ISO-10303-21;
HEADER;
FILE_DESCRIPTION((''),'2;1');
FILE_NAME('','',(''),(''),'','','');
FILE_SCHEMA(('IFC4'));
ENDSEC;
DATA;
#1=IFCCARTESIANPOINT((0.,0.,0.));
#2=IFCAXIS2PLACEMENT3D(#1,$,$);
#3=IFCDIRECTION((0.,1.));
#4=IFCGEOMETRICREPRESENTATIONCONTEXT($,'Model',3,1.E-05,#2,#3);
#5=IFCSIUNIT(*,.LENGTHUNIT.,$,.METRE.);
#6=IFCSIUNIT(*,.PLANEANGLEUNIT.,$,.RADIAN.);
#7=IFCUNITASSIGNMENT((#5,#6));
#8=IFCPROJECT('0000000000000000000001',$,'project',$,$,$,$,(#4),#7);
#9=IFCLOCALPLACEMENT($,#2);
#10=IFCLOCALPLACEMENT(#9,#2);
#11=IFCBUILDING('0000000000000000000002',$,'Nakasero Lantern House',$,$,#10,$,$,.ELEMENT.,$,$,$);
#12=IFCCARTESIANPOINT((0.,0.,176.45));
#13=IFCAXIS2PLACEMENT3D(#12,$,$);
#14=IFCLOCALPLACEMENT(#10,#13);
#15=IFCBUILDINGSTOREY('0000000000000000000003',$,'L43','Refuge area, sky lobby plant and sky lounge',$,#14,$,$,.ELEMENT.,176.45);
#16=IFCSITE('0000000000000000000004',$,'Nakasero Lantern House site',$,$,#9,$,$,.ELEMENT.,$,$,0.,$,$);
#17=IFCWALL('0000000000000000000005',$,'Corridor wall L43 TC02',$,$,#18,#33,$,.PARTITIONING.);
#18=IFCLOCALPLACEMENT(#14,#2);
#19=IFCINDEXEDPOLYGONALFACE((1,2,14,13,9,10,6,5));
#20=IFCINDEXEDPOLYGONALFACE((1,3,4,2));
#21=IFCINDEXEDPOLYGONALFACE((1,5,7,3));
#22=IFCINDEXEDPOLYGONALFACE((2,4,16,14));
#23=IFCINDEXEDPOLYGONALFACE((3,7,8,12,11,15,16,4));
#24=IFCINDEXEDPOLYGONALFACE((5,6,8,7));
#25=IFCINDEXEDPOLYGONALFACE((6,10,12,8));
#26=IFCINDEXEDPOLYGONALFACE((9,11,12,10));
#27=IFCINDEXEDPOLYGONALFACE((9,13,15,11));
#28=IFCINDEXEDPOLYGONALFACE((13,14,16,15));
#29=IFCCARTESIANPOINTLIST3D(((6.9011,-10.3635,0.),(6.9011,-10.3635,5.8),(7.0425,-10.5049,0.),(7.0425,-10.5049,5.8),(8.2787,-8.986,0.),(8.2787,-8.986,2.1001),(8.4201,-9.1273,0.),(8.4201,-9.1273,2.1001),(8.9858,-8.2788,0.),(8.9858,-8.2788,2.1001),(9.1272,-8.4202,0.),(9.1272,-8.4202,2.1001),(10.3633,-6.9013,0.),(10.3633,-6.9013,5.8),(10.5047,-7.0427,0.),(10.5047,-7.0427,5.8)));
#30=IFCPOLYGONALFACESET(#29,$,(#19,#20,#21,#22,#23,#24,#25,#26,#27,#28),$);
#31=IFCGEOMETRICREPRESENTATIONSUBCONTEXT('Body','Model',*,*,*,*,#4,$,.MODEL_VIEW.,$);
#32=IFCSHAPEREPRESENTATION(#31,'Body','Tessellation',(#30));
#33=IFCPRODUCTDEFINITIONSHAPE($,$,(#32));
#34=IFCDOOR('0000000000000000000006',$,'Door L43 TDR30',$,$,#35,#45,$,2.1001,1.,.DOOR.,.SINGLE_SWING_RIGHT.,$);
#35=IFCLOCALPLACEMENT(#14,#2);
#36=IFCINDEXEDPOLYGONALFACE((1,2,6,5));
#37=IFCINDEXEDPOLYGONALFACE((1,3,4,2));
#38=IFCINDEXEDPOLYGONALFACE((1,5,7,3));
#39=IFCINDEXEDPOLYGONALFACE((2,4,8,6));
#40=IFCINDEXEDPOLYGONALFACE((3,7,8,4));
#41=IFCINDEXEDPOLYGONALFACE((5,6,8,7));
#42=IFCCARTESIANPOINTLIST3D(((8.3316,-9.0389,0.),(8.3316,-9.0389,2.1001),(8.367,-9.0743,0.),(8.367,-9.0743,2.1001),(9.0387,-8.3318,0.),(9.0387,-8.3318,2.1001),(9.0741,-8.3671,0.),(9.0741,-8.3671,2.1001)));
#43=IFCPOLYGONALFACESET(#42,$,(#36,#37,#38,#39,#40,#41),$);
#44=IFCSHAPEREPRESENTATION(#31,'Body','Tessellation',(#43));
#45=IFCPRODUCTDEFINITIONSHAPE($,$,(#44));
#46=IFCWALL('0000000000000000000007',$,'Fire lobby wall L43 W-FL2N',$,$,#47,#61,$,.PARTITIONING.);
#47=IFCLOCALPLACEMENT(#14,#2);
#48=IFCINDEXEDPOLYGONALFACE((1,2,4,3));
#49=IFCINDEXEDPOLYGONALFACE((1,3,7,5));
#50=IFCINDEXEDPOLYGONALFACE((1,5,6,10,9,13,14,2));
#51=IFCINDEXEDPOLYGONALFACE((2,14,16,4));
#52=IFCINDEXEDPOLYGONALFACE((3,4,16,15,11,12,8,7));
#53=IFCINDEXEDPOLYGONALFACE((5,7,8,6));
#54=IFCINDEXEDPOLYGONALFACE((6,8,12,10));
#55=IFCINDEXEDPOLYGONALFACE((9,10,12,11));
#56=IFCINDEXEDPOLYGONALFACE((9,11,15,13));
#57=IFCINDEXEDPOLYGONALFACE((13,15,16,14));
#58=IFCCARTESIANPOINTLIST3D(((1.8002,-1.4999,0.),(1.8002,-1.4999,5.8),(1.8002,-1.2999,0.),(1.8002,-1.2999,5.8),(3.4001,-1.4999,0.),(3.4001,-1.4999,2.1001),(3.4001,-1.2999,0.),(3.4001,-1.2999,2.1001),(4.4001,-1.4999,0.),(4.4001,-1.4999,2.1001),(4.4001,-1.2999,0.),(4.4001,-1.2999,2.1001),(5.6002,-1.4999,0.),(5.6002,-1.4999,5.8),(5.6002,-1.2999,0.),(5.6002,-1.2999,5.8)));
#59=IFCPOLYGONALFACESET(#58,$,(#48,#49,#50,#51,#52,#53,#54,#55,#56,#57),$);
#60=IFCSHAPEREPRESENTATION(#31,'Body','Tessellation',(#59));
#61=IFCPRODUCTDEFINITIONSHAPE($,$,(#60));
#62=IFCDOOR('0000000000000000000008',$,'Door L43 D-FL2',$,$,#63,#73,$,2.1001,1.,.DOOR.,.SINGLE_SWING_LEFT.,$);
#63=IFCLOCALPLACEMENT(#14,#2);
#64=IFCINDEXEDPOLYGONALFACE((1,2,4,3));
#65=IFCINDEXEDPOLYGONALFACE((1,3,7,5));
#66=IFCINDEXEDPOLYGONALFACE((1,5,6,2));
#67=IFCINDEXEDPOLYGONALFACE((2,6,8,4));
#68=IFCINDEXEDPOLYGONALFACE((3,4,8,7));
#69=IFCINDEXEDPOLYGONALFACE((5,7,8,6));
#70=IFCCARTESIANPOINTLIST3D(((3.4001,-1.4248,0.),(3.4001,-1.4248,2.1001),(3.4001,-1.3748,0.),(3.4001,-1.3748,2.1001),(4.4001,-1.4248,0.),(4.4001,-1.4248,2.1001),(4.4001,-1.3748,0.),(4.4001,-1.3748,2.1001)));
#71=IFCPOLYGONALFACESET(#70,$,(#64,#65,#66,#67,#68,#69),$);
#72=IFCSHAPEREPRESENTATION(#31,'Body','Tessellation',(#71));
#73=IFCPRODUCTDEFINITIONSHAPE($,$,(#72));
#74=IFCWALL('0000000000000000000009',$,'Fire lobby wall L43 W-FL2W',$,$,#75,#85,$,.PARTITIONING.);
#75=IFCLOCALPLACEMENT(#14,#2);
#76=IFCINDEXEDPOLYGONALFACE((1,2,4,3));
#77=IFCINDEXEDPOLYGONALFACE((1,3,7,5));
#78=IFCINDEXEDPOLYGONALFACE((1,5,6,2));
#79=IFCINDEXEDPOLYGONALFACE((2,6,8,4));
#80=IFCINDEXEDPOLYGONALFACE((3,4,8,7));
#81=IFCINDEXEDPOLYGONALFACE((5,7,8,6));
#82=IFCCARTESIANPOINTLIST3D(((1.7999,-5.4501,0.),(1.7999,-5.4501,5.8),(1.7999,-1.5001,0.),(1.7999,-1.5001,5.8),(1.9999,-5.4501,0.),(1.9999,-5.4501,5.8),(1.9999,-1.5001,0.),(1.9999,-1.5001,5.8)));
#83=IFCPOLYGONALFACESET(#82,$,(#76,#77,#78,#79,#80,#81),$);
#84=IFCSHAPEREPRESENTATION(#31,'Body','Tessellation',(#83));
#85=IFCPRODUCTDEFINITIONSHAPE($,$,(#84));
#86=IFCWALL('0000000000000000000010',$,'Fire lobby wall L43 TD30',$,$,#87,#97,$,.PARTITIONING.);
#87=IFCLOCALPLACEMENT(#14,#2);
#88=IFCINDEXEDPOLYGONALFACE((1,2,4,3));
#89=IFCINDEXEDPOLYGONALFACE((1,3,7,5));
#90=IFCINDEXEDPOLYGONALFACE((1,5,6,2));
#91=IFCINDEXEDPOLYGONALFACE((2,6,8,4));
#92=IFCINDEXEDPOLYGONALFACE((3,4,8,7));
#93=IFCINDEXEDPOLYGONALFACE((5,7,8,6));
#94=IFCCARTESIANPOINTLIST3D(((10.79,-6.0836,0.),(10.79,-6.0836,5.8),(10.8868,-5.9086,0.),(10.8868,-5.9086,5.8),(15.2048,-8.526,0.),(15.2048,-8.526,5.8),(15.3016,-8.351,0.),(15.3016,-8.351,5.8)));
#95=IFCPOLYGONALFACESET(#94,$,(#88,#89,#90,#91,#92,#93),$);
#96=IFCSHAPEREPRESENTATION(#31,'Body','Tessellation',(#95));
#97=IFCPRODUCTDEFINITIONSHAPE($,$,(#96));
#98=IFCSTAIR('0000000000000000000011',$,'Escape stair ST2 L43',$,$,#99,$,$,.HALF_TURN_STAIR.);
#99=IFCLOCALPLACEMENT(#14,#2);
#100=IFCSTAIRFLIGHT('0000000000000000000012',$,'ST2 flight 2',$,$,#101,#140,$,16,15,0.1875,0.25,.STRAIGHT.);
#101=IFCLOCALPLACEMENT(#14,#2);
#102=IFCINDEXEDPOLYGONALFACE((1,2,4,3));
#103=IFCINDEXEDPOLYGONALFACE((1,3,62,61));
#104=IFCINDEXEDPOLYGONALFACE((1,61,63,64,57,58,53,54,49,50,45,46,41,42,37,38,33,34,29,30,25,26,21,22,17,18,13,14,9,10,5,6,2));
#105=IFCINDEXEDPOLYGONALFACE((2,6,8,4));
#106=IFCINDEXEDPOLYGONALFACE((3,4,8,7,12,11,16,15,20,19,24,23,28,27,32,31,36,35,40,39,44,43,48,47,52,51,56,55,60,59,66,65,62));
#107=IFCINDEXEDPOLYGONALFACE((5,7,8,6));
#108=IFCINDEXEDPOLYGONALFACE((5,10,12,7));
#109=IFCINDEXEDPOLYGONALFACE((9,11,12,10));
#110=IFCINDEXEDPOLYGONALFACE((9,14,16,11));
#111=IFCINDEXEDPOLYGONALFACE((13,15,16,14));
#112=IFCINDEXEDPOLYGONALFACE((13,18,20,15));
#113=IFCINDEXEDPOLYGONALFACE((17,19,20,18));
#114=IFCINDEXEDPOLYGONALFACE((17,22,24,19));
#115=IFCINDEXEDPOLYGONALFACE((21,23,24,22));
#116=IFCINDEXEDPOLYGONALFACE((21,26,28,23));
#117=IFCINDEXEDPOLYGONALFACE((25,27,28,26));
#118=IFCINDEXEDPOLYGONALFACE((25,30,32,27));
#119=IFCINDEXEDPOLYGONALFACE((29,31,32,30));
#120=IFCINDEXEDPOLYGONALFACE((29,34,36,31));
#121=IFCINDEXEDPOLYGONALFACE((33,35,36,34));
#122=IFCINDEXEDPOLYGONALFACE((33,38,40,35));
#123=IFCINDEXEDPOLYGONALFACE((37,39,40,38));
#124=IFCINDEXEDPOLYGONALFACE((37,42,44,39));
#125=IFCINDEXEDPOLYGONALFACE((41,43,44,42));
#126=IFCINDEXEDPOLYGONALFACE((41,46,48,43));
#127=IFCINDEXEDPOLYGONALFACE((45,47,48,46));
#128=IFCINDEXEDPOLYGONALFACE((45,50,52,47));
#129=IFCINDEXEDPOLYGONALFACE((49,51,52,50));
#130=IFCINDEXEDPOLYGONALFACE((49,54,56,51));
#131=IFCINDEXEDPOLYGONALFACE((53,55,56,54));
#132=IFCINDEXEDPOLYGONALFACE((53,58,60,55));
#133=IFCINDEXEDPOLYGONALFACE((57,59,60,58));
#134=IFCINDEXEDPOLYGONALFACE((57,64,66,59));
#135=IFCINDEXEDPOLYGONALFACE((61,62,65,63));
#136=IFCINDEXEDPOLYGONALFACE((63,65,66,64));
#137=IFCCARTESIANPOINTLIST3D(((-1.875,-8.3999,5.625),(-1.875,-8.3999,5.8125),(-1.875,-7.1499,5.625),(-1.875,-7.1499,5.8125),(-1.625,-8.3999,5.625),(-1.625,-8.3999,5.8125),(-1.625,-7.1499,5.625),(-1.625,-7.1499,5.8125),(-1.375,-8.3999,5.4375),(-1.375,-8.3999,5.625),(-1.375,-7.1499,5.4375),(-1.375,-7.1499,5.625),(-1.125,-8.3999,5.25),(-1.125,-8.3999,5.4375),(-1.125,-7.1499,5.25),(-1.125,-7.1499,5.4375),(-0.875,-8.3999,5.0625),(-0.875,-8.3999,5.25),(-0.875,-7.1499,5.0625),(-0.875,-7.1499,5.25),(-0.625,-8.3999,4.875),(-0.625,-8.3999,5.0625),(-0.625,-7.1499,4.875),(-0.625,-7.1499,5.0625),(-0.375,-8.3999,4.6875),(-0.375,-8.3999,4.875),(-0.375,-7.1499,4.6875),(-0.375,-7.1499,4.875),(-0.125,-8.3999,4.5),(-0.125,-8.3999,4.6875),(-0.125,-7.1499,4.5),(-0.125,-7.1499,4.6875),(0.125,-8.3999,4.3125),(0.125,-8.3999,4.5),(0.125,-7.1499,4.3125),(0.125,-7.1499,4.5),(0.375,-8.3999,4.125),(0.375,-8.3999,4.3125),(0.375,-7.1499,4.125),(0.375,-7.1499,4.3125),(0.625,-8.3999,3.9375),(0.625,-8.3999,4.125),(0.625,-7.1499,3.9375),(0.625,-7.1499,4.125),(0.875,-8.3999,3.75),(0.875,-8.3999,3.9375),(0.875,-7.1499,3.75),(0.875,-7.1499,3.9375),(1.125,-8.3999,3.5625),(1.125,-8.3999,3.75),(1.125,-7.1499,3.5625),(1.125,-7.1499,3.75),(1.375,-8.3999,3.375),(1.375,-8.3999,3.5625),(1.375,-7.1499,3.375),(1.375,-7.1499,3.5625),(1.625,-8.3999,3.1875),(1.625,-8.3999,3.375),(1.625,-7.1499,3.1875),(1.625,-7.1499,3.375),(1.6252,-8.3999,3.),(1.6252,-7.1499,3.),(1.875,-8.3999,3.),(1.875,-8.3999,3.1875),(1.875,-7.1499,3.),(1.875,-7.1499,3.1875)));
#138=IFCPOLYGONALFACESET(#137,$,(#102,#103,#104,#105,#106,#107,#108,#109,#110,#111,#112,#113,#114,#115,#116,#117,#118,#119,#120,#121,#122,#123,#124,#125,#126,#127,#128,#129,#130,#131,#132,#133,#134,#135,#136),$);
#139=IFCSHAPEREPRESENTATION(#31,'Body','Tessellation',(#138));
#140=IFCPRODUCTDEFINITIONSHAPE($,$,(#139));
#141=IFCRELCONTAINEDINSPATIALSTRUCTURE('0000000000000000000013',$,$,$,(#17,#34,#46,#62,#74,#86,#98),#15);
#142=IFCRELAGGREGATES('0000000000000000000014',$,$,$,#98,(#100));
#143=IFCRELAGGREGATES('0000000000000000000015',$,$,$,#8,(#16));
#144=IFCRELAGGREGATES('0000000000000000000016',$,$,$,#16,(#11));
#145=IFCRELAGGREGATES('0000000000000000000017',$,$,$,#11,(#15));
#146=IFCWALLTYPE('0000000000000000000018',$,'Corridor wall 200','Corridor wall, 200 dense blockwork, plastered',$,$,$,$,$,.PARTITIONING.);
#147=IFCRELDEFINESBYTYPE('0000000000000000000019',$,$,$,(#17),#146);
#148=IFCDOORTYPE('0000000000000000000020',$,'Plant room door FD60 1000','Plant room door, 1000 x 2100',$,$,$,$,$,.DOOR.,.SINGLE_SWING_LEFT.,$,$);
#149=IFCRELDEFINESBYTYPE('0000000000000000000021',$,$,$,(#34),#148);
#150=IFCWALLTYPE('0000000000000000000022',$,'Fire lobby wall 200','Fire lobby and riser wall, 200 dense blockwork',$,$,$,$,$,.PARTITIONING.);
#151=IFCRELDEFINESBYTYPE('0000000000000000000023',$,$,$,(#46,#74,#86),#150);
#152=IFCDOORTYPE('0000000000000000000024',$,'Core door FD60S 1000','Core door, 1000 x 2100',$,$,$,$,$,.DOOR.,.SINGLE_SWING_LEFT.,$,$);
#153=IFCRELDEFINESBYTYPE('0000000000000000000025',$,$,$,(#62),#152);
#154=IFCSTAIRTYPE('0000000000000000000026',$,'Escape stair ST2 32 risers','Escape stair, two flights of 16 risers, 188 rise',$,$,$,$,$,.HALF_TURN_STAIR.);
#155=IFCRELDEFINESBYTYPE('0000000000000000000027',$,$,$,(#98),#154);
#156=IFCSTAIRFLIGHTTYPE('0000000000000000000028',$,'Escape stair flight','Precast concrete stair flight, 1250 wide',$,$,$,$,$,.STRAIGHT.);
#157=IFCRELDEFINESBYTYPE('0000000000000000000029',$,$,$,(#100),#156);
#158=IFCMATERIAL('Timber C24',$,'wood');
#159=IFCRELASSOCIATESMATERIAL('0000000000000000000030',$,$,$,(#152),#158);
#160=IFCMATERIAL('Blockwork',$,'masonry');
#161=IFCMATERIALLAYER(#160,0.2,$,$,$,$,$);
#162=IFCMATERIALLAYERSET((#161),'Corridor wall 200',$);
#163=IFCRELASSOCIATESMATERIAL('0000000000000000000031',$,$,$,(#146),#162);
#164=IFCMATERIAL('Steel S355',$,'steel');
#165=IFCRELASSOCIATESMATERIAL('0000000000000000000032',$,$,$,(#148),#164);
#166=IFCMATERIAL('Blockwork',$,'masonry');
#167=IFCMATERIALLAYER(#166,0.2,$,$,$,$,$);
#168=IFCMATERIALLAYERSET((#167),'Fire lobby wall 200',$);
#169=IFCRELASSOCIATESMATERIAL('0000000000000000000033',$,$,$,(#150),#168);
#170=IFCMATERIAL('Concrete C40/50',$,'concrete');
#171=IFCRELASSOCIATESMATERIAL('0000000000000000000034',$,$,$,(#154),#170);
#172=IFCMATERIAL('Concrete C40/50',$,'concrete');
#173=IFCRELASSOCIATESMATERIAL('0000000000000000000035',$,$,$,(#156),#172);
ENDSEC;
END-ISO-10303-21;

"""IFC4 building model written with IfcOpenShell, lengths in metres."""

from ifc_helpers import new_model, si_unit, direction, frame, frame_2d, origin, place, context, subcontext, project, spatial, polyline, rectangle, outline, extrude, material, layer, layer_set, type_object, element, fill, aggregate, save


model = new_model("IFC4")

# Units and contexts
model_context = context("Model", 3, precision=1e-05, world=origin(), true_north=direction((0.0, 1.0)))
body_context = subcontext(model_context, "Body", "Model", "MODEL_VIEW")
ifc_project = project(units=[si_unit("LENGTHUNIT", "METRE"), si_unit("PLANEANGLEUNIT", "RADIAN")], contexts=[model_context])

# Site, building, storey
site_placement = place(None, origin())
site = spatial("IfcSite", under=ifc_project, at=site_placement, Name="Nakasero Lantern House site", CompositionType="ELEMENT", RefElevation=0.0)
building_placement = place(site_placement, origin())
building = spatial("IfcBuilding", under=site, at=building_placement, Name="Nakasero Lantern House", CompositionType="ELEMENT")
storey_placement = place(building_placement, frame((0.0, 0.0, 176.45)))
storey = spatial("IfcBuildingStorey", under=building, at=storey_placement, Name="L43", Description="Refuge area, sky lobby plant and sky lounge", CompositionType="ELEMENT", Elevation=176.45)

# Shared definitions
ifc_material_1 = material(Name="Timber C24", Category="wood")
door_type_1 = type_object("IfcDoorType", Name="Core door FD60S 1000", Description="Core door, 1000 x 2100", OperationType="SINGLE_SWING_LEFT", PredefinedType="DOOR", material=ifc_material_1)

# Walls, openings, doors
ifc_material_2 = material(Name="Blockwork", Category="masonry")
ifc_layer_1 = layer(ifc_material_2, 0.2)
ifc_layer_set_1 = layer_set([ifc_layer_1], Name="Corridor wall 200")
wall_type_1 = type_object("IfcWallType", Name="Corridor wall 200", Description="Corridor wall, 200 dense blockwork, plastered", PredefinedType="PARTITIONING", material=ifc_layer_set_1)
wall_1_placement = place(storey_placement, frame((10.4341, -6.9719, 0.0), z_axis=(0.0, 0.0, 1.0), x_axis=(-0.707107, -0.707107, 0.0)))
wall_1 = element("IfcWall", 1, at=wall_1_placement, inside=storey, type_object=wall_type_1, Name="Corridor wall L43 TC02", PredefinedType="PARTITIONING", context=body_context, shape_type="SweptSolid", body=[
    extrude(rectangle(XDim=4.8962, YDim=0.2, at=frame_2d((2.4482, 0.0))), origin(), (0.0, 0.0, 1.0), 5.8),
])
opening_1_placement = place(wall_1_placement, frame((1.9482, 0.0, 0.0)))
opening_1 = element("IfcOpeningElement", 2, at=opening_1_placement, cuts=wall_1, PredefinedType="OPENING", context=body_context, shape_type="SweptSolid", body=[
    extrude(rectangle(XDim=1.0, YDim=2.1001, at=frame_2d((0.5, 1.05))), frame((0.0, 0.1199, 0.0), z_axis=(0.0, -1.0, 0.0), x_axis=(1.0, 0.0, 0.0)), (0.0, 0.0, 1.0), 0.24),
])
ifc_material_3 = material(Name="Steel S355", Category="steel")
door_type_2 = type_object("IfcDoorType", Name="Plant room door FD60 1000", Description="Plant room door, 1000 x 2100", OperationType="SINGLE_SWING_LEFT", PredefinedType="DOOR", material=ifc_material_3)
door_1_placement = place(opening_1_placement, origin())
door_1 = element("IfcDoor", 3, at=door_1_placement, inside=storey, type_object=door_type_2, Name="Door L43 TDR30", OperationType="SINGLE_SWING_RIGHT", OverallHeight=2.1001, OverallWidth=1.0, PredefinedType="DOOR", context=body_context, shape_type="SweptSolid", body=[
    extrude(rectangle(XDim=1.0, YDim=2.1001, at=frame_2d((0.5, 1.05))), frame((0.0, 0.0249, 0.0), z_axis=(0.0, -1.0, 0.0), x_axis=(1.0, 0.0, 0.0)), (0.0, 0.0, 1.0), 0.05),
])
fill(opening_1, door_1)
ifc_material_4 = material(Name="Blockwork", Category="masonry")
ifc_layer_2 = layer(ifc_material_4, 0.2)
ifc_layer_set_2 = layer_set([ifc_layer_2], Name="Fire lobby wall 200")
wall_type_2 = type_object("IfcWallType", Name="Fire lobby wall 200", Description="Fire lobby and riser wall, 200 dense blockwork", PredefinedType="PARTITIONING", material=ifc_layer_set_2)
wall_2_placement = place(storey_placement, frame((5.6001, -1.3999, 0.0), z_axis=(0.0, 0.0, 1.0), x_axis=(-1.0, 0.0, 0.0)))
wall_2 = element("IfcWall", 4, at=wall_2_placement, inside=storey, type_object=wall_type_2, Name="Fire lobby wall L43 W-FL2N", PredefinedType="PARTITIONING", context=body_context, shape_type="SweptSolid", body=[
    extrude(rectangle(XDim=3.8, YDim=0.2, at=frame_2d((1.8999, 0.0))), origin(), (0.0, 0.0, 1.0), 5.8),
])
opening_2_placement = place(wall_2_placement, frame((1.2, 0.0, 0.0)))
opening_2 = element("IfcOpeningElement", 5, at=opening_2_placement, cuts=wall_2, PredefinedType="OPENING", context=body_context, shape_type="SweptSolid", body=[
    extrude(rectangle(XDim=1.0, YDim=2.1001, at=frame_2d((0.5, 1.05))), frame((0.0, 0.1199, 0.0), z_axis=(0.0, -1.0, 0.0), x_axis=(1.0, 0.0, 0.0)), (0.0, 0.0, 1.0), 0.24),
])
door_2_placement = place(opening_2_placement, origin())
door_2 = element("IfcDoor", 6, at=door_2_placement, inside=storey, type_object=door_type_1, Name="Door L43 D-FL2", OperationType="SINGLE_SWING_LEFT", OverallHeight=2.1001, OverallWidth=1.0, PredefinedType="DOOR", context=body_context, shape_type="SweptSolid", body=[
    extrude(rectangle(XDim=1.0, YDim=2.1001, at=frame_2d((0.5, 1.05))), frame((0.0, 0.0249, 0.0), z_axis=(0.0, -1.0, 0.0), x_axis=(1.0, 0.0, 0.0)), (0.0, 0.0, 1.0), 0.05),
])
fill(opening_2, door_2)

# Walls
wall_3_placement = place(storey_placement, frame((1.8999, -1.5, 0.0), z_axis=(0.0, 0.0, 1.0), x_axis=(0.0, -1.0, 0.0)))
element("IfcWall", 7, at=wall_3_placement, inside=storey, type_object=wall_type_2, Name="Fire lobby wall L43 W-FL2W", PredefinedType="PARTITIONING", context=body_context, shape_type="SweptSolid", body=[
    extrude(rectangle(XDim=3.95, YDim=0.2, at=frame_2d((1.9751, 0.0))), origin(), (0.0, 0.0, 1.0), 5.8),
])
wall_4_placement = place(storey_placement, frame((10.8384, -5.9961, 0.0), z_axis=(0.0, 0.0, 1.0), x_axis=(0.875021, -0.484085, 0.0)))
element("IfcWall", 8, at=wall_4_placement, inside=storey, type_object=wall_type_2, Name="Fire lobby wall L43 TD30", PredefinedType="PARTITIONING", context=body_context, shape_type="SweptSolid", body=[
    extrude(rectangle(XDim=5.0454, YDim=0.2, at=frame_2d((2.5227, 0.0))), origin(), (0.0, 0.0, 1.0), 5.8),
])

# Stair, stair flight
ifc_material_5 = material(Name="Concrete C40/50", Category="concrete")
stair_type = type_object("IfcStairType", Name="Escape stair ST2 32 risers", Description="Escape stair, two flights of 16 risers, 188 rise", PredefinedType="HALF_TURN_STAIR", material=ifc_material_5)
stair_placement = place(storey_placement, origin())
stair = element("IfcStair", 9, at=stair_placement, inside=storey, type_object=stair_type, Name="Escape stair ST2 L43", PredefinedType="HALF_TURN_STAIR")
ifc_material_6 = material(Name="Concrete C40/50", Category="concrete")
stair_flight_type = type_object("IfcStairFlightType", Name="Escape stair flight", Description="Precast concrete stair flight, 1250 wide", PredefinedType="STRAIGHT", material=ifc_material_6)
stair_flight_placement = place(storey_placement, frame((1.875, -7.7749, 3.0), z_axis=(0.0, 0.0, 1.0), x_axis=(-1.0, 0.0, 0.0)))
stair_flight = element("IfcStairFlight", 10, at=stair_flight_placement, type_object=stair_flight_type, Name="ST2 flight 2", NumberOfRisers=16, NumberOfTreads=15, PredefinedType="STRAIGHT", RiserHeight=0.1875, TreadLength=0.25, context=body_context, shape_type="SweptSolid", body=[
    extrude(outline(polyline([(0.0, 0.0), (0.0, 0.1875), (0.25, 0.1875), (0.25, 0.375), (0.5, 0.375), (0.5, 0.5625), (0.75, 0.5625), (0.75, 0.75), (1.0, 0.75), (1.0, 0.9375), (1.25, 0.9375), (1.25, 1.125), (1.5, 1.125), (1.5, 1.3125), (1.75, 1.3125), (1.75, 1.5), (2.0, 1.5), (2.0, 1.6875), (2.25, 1.6875), (2.25, 1.875), (2.5, 1.875), (2.5, 2.0625), (2.75, 2.0625), (2.75, 2.25), (3.0, 2.25), (3.0, 2.4375), (3.25, 2.4375), (3.25, 2.625), (3.5, 2.625), (3.5, 2.8125), (3.75, 2.8125), (3.75, 3.0), (3.75, 2.625), (0.2498, 0.0), (0.0, 0.0)])), frame((0.0, 0.625, 0.0), z_axis=(0.0, -1.0, 0.0), x_axis=(1.0, 0.0, 0.0)), (0.0, 0.0, 1.0), 1.25),
])
aggregate(stair, [stair_flight])

save(model, "model.ifc")
